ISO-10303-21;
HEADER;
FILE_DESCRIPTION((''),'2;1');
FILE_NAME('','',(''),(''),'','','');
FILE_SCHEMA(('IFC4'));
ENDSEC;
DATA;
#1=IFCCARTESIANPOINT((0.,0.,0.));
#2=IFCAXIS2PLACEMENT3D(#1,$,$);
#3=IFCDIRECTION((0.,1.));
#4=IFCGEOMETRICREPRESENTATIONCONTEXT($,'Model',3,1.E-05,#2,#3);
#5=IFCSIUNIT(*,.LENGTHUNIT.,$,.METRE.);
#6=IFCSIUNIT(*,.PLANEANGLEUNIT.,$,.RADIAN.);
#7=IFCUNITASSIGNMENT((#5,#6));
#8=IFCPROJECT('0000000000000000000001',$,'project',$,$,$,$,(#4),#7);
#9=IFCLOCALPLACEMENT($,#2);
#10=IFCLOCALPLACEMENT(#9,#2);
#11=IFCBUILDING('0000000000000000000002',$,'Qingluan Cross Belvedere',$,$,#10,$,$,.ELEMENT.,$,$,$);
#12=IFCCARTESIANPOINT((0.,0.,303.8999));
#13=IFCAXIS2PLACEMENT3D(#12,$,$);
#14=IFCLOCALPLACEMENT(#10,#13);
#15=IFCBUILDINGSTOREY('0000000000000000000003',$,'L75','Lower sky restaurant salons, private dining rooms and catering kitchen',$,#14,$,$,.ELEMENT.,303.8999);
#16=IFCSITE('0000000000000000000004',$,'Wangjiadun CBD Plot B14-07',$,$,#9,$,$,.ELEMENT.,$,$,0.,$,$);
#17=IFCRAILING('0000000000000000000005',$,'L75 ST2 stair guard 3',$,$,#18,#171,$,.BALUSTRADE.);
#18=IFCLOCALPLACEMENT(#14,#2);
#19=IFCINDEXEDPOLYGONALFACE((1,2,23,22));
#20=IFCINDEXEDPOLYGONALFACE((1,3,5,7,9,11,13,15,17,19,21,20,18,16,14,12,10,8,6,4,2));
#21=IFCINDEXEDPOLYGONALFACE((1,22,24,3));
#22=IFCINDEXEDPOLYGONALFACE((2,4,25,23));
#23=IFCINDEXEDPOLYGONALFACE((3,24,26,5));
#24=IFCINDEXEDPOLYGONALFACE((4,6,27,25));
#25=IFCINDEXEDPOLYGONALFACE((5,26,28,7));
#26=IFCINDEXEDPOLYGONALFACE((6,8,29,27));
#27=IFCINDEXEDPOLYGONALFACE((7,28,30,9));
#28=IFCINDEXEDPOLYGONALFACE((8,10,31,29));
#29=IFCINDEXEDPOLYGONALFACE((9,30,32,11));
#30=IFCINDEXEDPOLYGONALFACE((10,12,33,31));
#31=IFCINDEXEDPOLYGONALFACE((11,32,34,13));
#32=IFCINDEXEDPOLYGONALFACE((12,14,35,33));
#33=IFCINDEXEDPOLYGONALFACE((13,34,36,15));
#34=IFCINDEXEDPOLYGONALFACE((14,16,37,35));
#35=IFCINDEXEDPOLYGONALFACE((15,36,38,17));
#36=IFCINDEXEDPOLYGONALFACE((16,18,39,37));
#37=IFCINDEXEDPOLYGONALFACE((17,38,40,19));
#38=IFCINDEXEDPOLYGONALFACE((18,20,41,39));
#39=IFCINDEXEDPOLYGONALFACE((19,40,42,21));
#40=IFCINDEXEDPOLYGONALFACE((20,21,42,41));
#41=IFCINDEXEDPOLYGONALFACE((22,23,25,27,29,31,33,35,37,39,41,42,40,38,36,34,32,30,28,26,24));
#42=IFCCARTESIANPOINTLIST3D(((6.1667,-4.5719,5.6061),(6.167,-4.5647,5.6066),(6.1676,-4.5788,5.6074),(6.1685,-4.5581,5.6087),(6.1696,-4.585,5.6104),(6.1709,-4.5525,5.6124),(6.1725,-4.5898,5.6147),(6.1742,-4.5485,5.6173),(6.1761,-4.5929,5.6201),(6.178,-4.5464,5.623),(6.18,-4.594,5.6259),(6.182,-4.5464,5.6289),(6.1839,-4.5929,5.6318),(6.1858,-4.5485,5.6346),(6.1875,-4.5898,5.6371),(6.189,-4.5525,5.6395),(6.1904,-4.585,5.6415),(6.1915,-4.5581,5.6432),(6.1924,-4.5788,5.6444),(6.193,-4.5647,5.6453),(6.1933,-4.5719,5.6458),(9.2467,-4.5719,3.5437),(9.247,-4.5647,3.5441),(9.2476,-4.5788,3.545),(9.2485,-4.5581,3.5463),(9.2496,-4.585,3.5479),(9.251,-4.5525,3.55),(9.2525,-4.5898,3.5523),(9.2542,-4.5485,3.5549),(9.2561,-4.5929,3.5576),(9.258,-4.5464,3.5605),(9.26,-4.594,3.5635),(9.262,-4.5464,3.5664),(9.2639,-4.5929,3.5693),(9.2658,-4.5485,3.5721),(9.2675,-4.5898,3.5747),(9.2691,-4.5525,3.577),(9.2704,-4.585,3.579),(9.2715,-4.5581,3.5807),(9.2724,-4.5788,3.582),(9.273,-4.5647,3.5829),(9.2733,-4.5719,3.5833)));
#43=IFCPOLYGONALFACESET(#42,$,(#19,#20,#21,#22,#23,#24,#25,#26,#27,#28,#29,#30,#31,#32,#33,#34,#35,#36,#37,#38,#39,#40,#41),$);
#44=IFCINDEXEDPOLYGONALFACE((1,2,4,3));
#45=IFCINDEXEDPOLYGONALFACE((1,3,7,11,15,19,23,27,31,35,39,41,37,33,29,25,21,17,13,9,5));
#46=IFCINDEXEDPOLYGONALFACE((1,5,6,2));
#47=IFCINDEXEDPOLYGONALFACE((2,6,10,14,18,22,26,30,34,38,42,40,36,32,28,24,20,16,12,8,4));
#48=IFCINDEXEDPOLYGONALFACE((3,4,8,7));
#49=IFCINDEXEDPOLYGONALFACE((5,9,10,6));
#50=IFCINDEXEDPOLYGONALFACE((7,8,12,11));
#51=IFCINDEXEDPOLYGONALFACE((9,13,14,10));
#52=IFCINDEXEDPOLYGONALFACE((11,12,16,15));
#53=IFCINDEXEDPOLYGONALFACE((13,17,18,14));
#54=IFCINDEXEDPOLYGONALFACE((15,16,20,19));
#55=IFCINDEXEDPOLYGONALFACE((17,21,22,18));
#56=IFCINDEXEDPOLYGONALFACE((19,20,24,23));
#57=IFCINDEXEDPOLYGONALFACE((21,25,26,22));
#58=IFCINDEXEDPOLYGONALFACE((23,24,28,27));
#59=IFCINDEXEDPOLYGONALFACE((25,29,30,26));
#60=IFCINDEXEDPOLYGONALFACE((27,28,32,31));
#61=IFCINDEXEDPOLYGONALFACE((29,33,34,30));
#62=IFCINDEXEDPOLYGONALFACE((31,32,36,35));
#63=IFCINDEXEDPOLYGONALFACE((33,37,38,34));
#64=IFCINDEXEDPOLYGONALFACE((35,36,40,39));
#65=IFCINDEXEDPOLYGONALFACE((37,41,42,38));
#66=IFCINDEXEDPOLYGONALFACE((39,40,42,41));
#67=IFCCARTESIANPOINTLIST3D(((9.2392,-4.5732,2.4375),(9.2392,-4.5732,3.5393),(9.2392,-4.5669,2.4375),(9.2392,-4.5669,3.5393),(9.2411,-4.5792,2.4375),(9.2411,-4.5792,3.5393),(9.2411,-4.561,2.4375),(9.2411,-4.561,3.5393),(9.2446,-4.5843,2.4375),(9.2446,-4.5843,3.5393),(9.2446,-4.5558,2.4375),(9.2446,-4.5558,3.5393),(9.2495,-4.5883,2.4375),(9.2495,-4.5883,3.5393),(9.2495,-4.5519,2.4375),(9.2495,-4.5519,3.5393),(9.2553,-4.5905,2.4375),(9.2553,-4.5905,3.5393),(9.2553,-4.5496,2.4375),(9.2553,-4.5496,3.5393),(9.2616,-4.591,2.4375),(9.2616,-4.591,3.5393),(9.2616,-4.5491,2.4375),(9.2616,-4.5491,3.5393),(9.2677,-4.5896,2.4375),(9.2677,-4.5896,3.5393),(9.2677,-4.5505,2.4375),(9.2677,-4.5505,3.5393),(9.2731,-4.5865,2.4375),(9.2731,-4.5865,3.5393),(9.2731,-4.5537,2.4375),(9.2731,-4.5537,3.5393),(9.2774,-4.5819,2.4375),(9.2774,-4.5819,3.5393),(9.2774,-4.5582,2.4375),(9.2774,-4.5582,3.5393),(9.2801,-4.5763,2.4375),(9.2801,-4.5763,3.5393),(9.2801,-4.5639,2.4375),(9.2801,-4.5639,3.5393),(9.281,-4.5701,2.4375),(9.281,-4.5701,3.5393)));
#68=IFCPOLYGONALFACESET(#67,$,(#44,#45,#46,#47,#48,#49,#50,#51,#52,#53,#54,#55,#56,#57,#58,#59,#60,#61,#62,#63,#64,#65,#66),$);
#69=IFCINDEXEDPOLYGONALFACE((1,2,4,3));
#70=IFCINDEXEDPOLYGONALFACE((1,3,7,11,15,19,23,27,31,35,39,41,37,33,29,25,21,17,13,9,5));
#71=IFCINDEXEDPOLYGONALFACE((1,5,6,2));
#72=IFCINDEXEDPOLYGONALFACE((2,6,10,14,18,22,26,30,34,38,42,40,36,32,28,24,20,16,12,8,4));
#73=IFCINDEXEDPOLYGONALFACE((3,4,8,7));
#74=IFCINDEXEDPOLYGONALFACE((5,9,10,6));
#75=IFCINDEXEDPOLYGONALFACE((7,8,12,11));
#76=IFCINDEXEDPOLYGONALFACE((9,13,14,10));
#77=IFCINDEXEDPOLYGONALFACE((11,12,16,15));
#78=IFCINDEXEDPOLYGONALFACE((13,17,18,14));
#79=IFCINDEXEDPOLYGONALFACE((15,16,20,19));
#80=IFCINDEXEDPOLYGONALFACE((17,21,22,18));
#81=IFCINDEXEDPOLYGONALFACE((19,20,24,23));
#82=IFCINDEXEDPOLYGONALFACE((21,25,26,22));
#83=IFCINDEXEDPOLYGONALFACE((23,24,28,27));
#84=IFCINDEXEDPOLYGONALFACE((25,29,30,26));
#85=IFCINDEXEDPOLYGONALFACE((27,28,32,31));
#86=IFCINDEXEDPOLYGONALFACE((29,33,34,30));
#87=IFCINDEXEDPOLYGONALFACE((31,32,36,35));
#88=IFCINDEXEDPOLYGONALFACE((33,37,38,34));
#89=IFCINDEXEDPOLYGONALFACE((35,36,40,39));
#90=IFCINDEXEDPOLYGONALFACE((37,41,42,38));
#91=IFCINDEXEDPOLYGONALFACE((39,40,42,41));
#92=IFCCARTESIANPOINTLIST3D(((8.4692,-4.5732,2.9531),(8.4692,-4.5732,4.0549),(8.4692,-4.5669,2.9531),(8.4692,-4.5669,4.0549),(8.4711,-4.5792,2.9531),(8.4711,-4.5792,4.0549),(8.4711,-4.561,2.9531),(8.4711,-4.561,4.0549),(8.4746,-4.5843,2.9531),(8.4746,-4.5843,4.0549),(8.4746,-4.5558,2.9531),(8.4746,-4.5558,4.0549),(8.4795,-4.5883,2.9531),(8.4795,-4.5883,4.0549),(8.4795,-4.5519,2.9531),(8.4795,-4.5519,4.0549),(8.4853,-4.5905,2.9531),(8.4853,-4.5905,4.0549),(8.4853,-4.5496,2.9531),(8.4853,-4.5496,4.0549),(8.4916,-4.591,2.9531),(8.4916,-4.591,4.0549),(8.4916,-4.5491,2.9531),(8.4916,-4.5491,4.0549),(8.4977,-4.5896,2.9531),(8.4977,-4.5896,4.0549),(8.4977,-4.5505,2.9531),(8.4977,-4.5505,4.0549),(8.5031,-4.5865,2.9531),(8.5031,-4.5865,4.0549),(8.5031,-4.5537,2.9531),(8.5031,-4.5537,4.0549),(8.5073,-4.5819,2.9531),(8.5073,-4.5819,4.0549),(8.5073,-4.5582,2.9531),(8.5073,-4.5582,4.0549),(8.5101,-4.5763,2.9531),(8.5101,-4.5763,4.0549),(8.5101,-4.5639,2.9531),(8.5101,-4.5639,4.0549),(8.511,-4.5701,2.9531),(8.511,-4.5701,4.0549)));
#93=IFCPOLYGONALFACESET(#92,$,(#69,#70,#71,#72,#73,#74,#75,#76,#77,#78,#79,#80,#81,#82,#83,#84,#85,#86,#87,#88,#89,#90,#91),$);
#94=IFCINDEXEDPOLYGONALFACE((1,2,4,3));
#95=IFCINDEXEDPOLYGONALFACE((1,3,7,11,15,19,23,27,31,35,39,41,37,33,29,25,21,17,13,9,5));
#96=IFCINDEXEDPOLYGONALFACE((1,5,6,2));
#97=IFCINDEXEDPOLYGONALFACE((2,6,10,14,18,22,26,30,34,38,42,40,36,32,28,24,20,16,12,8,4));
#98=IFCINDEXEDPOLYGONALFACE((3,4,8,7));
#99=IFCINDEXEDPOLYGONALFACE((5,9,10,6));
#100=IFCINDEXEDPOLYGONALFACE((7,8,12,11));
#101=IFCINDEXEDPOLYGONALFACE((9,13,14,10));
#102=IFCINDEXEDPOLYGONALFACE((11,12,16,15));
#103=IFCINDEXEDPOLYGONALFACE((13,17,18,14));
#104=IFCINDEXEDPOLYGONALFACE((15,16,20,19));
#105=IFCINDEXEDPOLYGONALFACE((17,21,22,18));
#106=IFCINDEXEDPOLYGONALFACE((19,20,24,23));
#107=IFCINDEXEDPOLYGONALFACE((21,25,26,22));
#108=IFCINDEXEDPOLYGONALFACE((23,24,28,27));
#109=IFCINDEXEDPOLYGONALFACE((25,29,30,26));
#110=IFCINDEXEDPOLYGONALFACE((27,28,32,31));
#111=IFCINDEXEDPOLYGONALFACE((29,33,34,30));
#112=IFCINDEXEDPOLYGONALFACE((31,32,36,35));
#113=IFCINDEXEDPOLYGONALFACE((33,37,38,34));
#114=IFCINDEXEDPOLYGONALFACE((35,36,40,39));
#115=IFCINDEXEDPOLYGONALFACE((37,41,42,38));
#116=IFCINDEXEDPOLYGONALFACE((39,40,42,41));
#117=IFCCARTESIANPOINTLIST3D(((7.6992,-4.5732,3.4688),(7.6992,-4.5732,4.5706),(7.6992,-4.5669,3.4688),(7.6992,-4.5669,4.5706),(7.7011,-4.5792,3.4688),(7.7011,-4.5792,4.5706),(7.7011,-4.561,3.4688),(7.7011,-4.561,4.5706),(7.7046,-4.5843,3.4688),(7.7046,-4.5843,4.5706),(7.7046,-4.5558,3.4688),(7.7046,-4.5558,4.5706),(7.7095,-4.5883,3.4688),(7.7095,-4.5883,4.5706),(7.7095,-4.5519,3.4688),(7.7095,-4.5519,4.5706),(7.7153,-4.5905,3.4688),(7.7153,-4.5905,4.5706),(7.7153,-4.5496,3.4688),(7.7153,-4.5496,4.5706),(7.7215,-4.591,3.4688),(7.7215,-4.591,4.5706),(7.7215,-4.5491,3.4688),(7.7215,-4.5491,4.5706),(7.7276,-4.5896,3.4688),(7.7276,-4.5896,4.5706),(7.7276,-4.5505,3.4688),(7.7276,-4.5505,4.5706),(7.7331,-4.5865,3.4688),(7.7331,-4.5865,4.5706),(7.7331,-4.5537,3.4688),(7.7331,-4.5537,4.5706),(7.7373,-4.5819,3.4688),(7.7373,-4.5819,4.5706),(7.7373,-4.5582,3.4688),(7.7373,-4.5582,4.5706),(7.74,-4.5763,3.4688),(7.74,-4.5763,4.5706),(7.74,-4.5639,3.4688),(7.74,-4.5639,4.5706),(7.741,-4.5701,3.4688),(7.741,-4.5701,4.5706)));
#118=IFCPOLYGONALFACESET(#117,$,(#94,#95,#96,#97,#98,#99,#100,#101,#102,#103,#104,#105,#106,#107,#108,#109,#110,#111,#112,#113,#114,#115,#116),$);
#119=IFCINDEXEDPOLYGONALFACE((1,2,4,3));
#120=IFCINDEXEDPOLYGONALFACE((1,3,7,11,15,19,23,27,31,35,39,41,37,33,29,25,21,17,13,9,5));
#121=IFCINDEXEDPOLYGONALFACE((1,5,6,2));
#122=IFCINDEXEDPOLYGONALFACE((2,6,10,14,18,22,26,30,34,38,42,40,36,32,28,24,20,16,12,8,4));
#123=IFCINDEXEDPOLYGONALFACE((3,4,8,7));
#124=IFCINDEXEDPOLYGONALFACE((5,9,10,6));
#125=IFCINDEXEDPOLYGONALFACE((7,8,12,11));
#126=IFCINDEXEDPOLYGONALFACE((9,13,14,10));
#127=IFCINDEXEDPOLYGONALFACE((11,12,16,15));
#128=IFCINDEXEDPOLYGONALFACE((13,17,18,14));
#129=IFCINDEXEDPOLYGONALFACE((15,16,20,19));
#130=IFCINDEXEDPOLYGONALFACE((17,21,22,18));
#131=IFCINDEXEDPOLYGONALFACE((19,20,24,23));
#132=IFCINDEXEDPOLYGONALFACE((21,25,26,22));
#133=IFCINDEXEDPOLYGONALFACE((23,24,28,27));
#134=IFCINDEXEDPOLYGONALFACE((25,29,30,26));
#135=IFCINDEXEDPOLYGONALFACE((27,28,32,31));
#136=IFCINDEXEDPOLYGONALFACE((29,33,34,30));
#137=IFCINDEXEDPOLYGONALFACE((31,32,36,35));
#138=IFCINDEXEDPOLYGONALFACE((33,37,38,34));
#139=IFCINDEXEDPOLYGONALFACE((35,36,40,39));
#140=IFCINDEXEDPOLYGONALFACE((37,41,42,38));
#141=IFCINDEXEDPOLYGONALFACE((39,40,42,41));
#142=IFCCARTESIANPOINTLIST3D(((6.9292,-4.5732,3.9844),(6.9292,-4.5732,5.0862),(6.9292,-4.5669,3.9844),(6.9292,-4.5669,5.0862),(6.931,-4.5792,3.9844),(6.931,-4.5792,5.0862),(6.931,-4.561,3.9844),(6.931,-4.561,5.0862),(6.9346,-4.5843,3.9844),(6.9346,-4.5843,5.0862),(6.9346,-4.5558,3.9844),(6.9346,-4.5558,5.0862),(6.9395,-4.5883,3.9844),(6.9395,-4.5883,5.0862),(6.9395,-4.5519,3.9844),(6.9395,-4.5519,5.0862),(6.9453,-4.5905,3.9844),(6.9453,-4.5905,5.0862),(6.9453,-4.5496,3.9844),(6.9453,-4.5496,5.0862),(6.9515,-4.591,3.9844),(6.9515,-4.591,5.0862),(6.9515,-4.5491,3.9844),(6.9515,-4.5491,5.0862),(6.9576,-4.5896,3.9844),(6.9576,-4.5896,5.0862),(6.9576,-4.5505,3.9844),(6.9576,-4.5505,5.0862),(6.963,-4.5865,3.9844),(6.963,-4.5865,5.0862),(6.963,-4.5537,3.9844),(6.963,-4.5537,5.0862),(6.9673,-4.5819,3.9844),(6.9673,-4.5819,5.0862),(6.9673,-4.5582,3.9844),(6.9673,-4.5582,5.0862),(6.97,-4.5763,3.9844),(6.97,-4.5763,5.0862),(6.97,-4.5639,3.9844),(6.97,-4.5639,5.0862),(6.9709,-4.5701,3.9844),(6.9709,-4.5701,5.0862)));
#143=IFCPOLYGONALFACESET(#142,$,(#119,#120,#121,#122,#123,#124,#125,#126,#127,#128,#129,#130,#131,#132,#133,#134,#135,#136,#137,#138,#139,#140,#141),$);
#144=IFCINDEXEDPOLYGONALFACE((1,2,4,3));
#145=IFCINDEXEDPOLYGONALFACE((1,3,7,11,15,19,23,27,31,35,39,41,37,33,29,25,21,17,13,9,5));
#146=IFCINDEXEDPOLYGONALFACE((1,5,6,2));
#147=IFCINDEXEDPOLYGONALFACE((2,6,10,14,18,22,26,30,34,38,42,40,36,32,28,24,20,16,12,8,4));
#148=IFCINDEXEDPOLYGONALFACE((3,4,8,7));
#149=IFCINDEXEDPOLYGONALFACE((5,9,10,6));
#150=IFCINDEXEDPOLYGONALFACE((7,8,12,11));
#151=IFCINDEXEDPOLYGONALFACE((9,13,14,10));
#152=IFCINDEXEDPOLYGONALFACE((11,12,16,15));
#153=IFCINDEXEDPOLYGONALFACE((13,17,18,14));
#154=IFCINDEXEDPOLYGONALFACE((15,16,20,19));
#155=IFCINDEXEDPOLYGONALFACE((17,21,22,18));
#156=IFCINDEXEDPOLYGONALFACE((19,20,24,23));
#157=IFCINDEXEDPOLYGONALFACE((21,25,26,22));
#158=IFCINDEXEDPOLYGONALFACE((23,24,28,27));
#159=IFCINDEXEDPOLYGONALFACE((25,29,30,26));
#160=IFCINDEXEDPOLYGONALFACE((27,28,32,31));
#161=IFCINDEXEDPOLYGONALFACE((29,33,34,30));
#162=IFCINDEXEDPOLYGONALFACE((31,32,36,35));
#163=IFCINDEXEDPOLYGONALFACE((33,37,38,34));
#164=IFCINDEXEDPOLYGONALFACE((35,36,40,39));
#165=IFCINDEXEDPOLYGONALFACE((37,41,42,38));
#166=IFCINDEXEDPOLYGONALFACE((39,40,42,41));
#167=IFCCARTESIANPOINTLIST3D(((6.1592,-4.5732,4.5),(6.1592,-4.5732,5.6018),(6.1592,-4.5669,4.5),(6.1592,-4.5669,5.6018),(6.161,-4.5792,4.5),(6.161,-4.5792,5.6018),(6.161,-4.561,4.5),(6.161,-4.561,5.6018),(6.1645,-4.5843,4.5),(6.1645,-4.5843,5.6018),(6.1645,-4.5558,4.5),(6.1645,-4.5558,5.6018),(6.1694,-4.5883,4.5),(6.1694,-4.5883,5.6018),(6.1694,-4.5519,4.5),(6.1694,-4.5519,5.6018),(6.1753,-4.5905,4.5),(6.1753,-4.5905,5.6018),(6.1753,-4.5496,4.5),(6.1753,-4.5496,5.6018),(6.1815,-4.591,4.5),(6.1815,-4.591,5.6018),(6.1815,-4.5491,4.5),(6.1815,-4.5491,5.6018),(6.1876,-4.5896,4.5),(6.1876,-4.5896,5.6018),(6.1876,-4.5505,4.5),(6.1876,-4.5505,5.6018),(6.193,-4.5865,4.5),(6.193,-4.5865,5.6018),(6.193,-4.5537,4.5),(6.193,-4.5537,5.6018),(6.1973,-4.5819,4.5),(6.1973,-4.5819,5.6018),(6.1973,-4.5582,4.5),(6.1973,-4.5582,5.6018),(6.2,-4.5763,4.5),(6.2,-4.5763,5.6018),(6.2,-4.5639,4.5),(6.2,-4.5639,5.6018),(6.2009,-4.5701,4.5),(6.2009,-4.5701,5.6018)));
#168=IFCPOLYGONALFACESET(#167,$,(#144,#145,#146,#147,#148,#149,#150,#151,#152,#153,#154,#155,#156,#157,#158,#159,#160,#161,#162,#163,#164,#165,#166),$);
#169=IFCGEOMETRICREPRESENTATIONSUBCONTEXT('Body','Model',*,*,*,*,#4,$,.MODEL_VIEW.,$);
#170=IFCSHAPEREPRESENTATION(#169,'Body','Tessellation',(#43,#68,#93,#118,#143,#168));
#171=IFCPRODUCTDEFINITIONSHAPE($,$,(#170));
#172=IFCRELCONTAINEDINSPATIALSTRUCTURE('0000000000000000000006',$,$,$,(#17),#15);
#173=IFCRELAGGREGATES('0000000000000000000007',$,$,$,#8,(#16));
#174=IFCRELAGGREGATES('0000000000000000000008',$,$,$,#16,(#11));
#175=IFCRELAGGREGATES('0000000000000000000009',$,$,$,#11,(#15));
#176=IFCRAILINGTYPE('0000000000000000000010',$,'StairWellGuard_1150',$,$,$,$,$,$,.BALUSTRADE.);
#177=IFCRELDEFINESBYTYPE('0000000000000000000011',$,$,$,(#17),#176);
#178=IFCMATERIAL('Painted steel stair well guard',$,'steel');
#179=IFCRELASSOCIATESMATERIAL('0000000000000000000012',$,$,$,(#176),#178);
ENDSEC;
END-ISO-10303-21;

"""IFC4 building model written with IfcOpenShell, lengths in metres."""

from ifc_helpers import new_model, si_unit, direction, frame, origin, origin_2d, place, context, subcontext, project, spatial, circle, extrude, material, type_object, element, save


model = new_model("IFC4")

# Units and contexts
model_context = context("Model", 3, precision=1e-05, world=origin(), true_north=direction((0.0, 1.0)))
body_context = subcontext(model_context, "Body", "Model", "MODEL_VIEW")
ifc_project = project(units=[si_unit("LENGTHUNIT", "METRE"), si_unit("PLANEANGLEUNIT", "RADIAN")], contexts=[model_context])

# Site, building, storey
site_placement = place(None, origin())
site = spatial("IfcSite", under=ifc_project, at=site_placement, Name="Wangjiadun CBD Plot B14-07", CompositionType="ELEMENT", RefElevation=0.0)
building_placement = place(site_placement, origin())
building = spatial("IfcBuilding", under=site, at=building_placement, Name="Qingluan Cross Belvedere", CompositionType="ELEMENT")
storey_placement = place(building_placement, frame((0.0, 0.0, 303.8999)))
storey = spatial("IfcBuildingStorey", under=building, at=storey_placement, Name="L75", Description="Lower sky restaurant salons, private dining rooms and catering kitchen", CompositionType="ELEMENT", Elevation=303.8999)

# Railing
ifc_material_1 = material(Name="Painted steel stair well guard", Category="steel")
railing_type_1 = type_object("IfcRailingType", Name="StairWellGuard_1150", PredefinedType="BALUSTRADE", material=ifc_material_1)
railing_1_placement = place(storey_placement, frame((9.26, -4.5701, 2.4375)))
element("IfcRailing", 1, at=railing_1_placement, inside=storey, type_object=railing_type_1, Name="L75 ST2 stair guard 3", PredefinedType="BALUSTRADE", context=body_context, shape_type="SweptSolid", body=[
    extrude(circle(Radius=0.0239, at=origin_2d()), frame((0.0, 0.0, 1.126), z_axis=(-0.830914, 0.0, 0.556401), x_axis=(0.0, -1.0, 0.0)), (0.0, 0.0, 1.0), 3.7068),
    extrude(circle(Radius=0.021, at=origin_2d()), origin(), (0.0, 0.0, 1.0), 1.1018),
    extrude(circle(Radius=0.021, at=origin_2d()), frame((-0.77, 0.0, 0.5156)), (0.0, 0.0, 1.0), 1.1018),
    extrude(circle(Radius=0.021, at=origin_2d()), frame((-1.54, 0.0, 1.0312)), (0.0, 0.0, 1.0), 1.1018),
    extrude(circle(Radius=0.021, at=origin_2d()), frame((-2.3101, 0.0, 1.5469)), (0.0, 0.0, 1.0), 1.1018),
    extrude(circle(Radius=0.021, at=origin_2d()), frame((-3.0801, 0.0, 2.0625)), (0.0, 0.0, 1.0), 1.1018),
])

save(model, "model.ifc")
